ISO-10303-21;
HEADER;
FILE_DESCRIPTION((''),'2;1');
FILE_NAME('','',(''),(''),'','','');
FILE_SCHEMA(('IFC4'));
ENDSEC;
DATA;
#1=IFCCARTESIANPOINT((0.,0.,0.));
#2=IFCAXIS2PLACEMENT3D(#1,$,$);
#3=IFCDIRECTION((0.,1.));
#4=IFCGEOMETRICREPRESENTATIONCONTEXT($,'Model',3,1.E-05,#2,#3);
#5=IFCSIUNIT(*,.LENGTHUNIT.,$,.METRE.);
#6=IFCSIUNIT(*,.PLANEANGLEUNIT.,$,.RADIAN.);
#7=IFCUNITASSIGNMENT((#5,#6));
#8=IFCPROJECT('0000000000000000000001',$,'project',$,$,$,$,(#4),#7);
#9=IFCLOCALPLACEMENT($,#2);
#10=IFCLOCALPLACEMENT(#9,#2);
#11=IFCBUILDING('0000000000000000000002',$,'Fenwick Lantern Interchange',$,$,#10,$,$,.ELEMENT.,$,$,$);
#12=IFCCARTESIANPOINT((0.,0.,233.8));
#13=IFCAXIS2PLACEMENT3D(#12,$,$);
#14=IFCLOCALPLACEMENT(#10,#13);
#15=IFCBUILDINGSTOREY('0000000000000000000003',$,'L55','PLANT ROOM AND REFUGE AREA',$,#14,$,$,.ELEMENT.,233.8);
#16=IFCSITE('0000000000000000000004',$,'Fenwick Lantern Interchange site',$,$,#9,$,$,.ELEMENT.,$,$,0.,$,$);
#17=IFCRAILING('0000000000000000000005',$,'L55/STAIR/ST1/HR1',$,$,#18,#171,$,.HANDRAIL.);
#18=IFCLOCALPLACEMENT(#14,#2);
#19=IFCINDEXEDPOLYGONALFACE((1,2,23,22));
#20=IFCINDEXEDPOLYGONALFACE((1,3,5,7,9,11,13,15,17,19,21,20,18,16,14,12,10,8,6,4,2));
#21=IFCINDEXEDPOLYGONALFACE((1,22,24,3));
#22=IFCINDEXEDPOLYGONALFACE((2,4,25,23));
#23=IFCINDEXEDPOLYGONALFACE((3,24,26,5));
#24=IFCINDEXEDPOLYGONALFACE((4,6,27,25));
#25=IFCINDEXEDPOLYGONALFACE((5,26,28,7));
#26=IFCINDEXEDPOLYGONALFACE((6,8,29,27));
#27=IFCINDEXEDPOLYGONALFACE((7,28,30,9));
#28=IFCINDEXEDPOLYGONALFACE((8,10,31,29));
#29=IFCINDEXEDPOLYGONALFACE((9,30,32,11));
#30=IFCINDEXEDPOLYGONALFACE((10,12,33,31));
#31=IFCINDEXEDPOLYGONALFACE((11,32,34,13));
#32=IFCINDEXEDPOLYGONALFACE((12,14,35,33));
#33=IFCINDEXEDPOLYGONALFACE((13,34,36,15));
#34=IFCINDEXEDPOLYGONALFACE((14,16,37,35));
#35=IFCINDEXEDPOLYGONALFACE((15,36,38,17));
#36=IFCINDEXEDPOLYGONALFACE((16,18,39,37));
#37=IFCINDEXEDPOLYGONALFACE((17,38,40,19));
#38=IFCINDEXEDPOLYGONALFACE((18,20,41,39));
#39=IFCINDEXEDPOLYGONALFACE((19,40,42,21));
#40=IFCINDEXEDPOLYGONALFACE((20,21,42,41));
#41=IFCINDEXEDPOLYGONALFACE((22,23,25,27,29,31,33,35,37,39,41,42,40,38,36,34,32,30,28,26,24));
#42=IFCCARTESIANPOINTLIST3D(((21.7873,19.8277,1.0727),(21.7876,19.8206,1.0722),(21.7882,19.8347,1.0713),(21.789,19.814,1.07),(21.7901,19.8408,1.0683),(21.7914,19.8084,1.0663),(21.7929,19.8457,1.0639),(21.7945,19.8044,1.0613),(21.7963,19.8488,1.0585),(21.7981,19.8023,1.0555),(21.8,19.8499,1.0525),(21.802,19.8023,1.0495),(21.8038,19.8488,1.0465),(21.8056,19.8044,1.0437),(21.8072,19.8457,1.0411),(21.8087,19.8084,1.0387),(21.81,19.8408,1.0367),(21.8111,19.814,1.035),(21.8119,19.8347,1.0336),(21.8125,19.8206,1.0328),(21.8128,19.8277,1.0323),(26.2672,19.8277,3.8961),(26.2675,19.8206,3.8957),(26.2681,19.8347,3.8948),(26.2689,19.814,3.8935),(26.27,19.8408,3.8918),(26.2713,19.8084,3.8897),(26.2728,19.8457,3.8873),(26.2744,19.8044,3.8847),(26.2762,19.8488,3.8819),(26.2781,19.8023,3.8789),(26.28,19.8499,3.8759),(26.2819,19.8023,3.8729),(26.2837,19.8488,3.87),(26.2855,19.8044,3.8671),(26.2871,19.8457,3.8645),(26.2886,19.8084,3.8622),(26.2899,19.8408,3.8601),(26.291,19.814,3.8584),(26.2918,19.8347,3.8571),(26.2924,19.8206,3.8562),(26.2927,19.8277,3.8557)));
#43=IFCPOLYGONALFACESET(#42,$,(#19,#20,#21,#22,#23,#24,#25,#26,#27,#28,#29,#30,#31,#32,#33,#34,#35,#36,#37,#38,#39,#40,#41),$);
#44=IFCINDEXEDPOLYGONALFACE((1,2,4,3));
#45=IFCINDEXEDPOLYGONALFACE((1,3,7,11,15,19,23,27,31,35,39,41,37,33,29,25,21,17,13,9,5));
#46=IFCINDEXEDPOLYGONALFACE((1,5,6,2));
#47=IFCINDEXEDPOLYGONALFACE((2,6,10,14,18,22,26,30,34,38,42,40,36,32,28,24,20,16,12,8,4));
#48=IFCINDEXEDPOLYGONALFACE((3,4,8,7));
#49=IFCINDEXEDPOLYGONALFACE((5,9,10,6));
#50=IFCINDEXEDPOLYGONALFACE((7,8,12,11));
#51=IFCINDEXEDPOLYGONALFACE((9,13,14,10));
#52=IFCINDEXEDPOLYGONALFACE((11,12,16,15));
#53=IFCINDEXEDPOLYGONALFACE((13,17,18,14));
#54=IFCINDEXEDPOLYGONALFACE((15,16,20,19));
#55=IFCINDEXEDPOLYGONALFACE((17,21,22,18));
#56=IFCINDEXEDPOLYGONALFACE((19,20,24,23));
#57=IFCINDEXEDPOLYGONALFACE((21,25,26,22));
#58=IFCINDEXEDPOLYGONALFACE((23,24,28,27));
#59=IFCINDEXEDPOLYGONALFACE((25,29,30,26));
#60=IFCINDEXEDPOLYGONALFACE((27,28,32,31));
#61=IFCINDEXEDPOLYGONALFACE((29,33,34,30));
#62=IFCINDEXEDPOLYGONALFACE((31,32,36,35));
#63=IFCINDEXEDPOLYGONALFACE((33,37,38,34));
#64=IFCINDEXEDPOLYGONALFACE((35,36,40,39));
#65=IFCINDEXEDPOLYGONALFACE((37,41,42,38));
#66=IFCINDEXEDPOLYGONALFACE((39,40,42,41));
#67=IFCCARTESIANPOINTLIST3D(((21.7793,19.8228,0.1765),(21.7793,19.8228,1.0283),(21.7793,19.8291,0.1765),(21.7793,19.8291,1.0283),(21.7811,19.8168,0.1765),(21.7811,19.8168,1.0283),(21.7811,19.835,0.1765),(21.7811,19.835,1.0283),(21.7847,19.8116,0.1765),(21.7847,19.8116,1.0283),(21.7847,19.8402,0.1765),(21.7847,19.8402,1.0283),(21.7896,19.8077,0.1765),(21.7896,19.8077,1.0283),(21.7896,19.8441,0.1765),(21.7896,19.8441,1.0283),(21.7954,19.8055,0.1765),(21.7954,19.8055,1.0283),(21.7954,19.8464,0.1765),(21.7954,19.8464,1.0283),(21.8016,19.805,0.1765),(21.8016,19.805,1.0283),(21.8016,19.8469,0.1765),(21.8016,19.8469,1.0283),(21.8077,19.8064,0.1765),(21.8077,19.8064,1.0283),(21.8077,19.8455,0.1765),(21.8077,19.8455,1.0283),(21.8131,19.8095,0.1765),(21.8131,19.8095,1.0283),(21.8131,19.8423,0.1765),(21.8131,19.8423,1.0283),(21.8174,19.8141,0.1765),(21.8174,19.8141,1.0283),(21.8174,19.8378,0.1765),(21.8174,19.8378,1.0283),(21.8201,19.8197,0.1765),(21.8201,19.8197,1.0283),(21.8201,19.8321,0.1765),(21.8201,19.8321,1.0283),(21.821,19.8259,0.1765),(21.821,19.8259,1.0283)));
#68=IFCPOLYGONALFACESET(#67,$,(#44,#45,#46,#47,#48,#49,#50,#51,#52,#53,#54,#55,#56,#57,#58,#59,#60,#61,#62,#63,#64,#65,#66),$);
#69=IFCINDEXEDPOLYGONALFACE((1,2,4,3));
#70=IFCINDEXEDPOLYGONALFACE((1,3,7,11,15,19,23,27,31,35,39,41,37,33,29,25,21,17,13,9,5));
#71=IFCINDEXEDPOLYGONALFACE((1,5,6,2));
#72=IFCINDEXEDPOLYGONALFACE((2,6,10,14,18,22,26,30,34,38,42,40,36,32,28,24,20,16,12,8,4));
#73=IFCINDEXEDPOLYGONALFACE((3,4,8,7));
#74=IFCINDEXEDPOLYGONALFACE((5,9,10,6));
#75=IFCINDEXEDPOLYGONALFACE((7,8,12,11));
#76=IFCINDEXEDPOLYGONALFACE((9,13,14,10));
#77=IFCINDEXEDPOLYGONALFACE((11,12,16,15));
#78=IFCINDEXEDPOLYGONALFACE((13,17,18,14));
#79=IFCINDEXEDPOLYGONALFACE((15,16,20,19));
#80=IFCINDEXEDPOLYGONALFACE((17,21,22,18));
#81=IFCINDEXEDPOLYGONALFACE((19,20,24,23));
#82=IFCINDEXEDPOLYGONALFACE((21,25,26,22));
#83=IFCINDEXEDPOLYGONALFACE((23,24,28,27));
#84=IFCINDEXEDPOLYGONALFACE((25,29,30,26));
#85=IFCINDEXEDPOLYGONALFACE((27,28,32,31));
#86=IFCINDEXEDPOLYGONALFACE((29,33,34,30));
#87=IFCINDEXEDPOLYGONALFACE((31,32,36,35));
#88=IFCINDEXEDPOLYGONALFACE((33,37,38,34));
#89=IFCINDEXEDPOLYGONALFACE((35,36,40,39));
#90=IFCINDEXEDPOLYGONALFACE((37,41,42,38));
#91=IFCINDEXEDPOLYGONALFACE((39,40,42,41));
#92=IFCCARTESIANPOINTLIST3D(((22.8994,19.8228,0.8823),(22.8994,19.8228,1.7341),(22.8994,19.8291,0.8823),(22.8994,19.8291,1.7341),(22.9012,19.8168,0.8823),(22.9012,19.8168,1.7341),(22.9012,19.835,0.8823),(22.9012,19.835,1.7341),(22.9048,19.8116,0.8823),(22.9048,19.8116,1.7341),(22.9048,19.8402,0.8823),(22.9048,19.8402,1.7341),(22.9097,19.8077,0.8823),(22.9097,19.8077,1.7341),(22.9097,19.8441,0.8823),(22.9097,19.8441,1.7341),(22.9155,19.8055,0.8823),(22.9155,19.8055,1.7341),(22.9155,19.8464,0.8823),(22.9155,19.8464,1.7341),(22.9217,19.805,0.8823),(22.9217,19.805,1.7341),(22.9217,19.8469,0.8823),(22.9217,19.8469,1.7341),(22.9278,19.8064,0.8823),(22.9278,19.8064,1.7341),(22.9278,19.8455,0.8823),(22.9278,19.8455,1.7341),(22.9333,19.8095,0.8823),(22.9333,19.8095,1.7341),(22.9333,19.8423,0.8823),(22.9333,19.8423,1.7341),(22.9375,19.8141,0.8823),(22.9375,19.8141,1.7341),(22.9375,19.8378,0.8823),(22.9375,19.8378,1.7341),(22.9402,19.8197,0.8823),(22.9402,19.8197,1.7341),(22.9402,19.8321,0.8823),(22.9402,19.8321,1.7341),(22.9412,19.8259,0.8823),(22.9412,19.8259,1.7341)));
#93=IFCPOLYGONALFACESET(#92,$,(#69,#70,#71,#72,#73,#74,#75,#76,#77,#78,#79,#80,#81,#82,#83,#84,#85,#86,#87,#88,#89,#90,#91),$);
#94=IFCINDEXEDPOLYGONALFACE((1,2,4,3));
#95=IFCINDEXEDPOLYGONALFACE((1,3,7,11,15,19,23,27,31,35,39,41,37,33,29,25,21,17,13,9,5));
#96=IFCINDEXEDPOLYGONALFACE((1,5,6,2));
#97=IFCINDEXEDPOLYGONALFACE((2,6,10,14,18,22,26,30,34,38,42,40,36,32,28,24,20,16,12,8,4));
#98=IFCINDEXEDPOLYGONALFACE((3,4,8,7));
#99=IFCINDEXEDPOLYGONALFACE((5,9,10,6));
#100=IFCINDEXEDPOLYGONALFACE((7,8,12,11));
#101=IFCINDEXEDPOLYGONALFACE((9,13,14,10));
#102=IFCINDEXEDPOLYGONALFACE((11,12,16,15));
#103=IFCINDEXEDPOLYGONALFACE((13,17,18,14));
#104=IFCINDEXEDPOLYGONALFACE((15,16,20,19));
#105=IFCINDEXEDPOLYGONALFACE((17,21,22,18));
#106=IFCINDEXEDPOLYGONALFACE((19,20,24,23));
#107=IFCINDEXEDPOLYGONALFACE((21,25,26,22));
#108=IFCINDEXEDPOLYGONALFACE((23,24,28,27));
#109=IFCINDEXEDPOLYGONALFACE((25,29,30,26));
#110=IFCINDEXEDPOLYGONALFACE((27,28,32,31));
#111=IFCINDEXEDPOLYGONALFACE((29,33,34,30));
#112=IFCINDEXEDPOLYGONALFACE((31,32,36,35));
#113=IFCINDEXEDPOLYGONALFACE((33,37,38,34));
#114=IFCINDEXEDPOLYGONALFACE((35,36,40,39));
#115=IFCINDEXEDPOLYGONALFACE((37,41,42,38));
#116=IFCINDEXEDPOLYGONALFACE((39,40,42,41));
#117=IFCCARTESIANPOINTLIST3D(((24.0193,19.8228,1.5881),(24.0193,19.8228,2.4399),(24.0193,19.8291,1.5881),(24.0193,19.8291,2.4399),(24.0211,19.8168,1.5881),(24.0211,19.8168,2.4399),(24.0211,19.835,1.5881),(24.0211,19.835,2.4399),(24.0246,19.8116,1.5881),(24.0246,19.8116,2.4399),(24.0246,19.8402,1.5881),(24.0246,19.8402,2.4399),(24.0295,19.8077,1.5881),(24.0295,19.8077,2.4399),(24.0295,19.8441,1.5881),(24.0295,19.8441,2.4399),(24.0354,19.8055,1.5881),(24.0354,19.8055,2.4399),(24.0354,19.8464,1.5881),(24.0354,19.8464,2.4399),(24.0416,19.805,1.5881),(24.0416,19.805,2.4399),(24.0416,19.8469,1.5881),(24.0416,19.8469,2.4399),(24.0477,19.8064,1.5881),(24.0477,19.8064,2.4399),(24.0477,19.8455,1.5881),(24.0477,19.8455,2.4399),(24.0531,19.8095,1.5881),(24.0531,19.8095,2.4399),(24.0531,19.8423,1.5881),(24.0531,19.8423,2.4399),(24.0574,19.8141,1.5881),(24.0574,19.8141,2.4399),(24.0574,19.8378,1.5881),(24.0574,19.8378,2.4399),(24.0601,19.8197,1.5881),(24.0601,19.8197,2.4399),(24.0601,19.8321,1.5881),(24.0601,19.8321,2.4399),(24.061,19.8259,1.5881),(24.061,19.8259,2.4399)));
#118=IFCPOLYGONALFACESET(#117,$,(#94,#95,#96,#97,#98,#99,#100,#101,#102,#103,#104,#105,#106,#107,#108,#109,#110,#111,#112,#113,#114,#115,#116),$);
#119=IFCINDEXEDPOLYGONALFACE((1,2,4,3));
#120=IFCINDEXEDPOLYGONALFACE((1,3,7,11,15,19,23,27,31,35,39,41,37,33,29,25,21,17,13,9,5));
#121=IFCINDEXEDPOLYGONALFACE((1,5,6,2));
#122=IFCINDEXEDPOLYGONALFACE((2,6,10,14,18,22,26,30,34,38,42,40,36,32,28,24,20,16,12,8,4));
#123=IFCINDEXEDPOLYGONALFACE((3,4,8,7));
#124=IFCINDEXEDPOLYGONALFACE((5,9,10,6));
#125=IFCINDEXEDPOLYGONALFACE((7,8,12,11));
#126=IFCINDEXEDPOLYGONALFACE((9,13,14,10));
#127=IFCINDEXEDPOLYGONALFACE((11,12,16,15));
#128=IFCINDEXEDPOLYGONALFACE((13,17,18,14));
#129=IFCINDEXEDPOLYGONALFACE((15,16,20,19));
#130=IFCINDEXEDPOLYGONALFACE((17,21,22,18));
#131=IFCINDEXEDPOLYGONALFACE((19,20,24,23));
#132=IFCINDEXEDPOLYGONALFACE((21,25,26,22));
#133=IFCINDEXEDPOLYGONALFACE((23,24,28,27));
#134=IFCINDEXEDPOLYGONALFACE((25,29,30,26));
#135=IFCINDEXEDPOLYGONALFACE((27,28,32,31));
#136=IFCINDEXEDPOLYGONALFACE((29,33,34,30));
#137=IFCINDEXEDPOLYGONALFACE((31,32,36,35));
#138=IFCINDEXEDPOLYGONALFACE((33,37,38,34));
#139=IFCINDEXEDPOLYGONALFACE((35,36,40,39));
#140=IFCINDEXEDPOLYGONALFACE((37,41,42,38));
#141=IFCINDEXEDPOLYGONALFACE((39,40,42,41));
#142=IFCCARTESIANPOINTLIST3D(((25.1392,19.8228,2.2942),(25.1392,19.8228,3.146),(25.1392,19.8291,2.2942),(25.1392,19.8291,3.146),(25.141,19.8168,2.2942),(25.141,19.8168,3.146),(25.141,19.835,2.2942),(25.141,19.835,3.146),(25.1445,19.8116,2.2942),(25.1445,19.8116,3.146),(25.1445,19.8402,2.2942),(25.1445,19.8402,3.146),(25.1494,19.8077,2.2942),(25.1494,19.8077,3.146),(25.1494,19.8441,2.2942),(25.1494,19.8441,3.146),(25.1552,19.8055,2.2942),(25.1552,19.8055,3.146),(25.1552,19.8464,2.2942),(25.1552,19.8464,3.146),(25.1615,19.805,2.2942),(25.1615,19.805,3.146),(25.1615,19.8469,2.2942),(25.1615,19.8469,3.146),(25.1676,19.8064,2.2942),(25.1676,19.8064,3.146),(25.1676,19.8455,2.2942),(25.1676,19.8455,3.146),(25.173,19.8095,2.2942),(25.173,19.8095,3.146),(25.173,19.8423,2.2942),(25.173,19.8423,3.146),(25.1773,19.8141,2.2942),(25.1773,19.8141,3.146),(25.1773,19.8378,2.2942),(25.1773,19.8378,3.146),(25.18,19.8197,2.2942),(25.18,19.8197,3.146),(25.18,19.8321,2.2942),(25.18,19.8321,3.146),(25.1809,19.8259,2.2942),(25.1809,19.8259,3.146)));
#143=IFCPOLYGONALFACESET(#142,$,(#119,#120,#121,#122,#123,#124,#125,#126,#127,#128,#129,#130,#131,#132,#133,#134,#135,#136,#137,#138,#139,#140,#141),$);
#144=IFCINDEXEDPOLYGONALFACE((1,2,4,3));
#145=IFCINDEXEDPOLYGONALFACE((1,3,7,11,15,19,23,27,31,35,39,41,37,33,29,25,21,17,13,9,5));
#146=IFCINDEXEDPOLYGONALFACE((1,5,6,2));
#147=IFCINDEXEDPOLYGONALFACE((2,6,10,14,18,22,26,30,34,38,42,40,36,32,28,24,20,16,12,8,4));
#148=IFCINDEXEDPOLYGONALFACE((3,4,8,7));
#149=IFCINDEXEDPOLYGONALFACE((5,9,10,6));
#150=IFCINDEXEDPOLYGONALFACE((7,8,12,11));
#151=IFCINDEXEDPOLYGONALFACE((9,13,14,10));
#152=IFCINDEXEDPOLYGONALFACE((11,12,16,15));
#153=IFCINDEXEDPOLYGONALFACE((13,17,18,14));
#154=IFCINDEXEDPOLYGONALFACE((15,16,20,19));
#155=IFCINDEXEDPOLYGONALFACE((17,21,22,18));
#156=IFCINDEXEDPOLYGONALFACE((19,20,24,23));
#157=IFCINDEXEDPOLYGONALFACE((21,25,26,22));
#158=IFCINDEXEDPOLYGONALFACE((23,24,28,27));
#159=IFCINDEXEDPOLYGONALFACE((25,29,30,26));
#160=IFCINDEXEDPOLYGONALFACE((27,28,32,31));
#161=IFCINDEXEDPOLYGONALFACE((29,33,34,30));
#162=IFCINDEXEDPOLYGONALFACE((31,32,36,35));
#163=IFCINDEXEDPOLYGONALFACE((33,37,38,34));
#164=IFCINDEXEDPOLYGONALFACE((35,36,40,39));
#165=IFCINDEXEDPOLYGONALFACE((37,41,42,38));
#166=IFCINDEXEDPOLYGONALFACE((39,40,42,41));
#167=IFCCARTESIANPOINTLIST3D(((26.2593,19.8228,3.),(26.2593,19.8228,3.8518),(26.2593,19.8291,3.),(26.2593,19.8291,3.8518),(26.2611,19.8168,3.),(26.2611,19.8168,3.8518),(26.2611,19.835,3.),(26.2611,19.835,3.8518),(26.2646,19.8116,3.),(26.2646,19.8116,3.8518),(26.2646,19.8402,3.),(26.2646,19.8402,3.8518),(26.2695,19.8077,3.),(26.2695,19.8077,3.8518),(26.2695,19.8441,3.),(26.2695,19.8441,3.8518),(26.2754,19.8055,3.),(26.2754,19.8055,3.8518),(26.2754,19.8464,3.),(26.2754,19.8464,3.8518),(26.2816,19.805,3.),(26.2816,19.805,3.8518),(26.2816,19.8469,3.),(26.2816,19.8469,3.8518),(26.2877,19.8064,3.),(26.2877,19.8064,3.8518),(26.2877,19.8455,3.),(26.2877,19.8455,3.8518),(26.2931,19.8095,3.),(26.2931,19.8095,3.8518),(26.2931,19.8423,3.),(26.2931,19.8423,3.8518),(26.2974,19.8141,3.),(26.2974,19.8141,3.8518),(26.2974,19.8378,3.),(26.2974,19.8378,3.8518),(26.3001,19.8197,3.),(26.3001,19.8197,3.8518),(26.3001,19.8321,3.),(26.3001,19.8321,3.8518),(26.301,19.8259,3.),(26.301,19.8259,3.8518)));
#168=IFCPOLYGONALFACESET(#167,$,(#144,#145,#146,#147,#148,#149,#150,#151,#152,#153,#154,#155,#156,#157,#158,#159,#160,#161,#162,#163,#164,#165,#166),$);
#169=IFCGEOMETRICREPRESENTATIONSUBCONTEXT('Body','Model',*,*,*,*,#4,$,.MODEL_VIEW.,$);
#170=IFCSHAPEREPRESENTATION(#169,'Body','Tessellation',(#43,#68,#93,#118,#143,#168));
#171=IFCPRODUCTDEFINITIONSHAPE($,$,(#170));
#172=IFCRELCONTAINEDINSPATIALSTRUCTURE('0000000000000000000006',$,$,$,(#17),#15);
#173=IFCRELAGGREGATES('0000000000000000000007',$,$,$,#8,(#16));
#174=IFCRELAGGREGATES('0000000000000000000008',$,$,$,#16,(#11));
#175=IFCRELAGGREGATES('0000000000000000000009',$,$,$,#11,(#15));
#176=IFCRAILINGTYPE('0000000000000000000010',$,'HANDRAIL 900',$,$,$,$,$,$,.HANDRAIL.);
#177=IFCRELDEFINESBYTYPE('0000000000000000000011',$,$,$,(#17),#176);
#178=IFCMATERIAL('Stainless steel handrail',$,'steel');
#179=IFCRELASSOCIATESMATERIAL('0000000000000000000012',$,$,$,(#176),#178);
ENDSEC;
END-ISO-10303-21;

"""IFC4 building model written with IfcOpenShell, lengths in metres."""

from ifc_helpers import new_model, si_unit, direction, frame, origin, origin_2d, place, context, subcontext, project, spatial, circle, extrude, material, type_object, element, save


model = new_model("IFC4")

# Units and contexts
model_context = context("Model", 3, precision=1e-05, world=origin(), true_north=direction((0.0, 1.0)))
body_context = subcontext(model_context, "Body", "Model", "MODEL_VIEW")
ifc_project = project(units=[si_unit("LENGTHUNIT", "METRE"), si_unit("PLANEANGLEUNIT", "RADIAN")], contexts=[model_context])

# Site, building, storey
site_placement = place(None, origin())
site = spatial("IfcSite", under=ifc_project, at=site_placement, Name="Fenwick Lantern Interchange site", CompositionType="ELEMENT", RefElevation=0.0)
building_placement = place(site_placement, origin())
building = spatial("IfcBuilding", under=site, at=building_placement, Name="Fenwick Lantern Interchange", CompositionType="ELEMENT")
storey_placement = place(building_placement, frame((0.0, 0.0, 233.8)))
storey = spatial("IfcBuildingStorey", under=building, at=storey_placement, Name="L55", Description="PLANT ROOM AND REFUGE AREA", CompositionType="ELEMENT", Elevation=233.8)

# Railing
ifc_material_1 = material(Name="Stainless steel handrail", Category="steel")
railing_type = type_object("IfcRailingType", Name="HANDRAIL 900", PredefinedType="HANDRAIL", material=ifc_material_1)
railing_placement = place(storey_placement, frame((21.8, 19.8259, 0.1765)))
element("IfcRailing", 1, at=railing_placement, inside=storey, type_object=railing_type, Name="L55/STAIR/ST1/HR1", PredefinedType="HANDRAIL", context=body_context, shape_type="SweptSolid", body=[
    extrude(circle(Radius=0.0239, at=origin_2d()), frame((0.0, 0.0, 0.876), z_axis=(0.845998, 0.0, 0.533186), x_axis=(0.0, 1.0, 0.0)), (0.0, 0.0, 1.0), 5.2954),
    extrude(circle(Radius=0.021, at=origin_2d()), origin(), (0.0, 0.0, 1.0), 0.8518),
    extrude(circle(Radius=0.021, at=origin_2d()), frame((1.1201, 0.0, 0.7058)), (0.0, 0.0, 1.0), 0.8518),
    extrude(circle(Radius=0.021, at=origin_2d()), frame((2.24, 0.0, 1.4116)), (0.0, 0.0, 1.0), 0.8518),
    extrude(circle(Radius=0.021, at=origin_2d()), frame((3.3599, 0.0, 2.1177)), (0.0, 0.0, 1.0), 0.8518),
    extrude(circle(Radius=0.021, at=origin_2d()), frame((4.48, 0.0, 2.8235)), (0.0, 0.0, 1.0), 0.8518),
])

save(model, "model.ifc")
